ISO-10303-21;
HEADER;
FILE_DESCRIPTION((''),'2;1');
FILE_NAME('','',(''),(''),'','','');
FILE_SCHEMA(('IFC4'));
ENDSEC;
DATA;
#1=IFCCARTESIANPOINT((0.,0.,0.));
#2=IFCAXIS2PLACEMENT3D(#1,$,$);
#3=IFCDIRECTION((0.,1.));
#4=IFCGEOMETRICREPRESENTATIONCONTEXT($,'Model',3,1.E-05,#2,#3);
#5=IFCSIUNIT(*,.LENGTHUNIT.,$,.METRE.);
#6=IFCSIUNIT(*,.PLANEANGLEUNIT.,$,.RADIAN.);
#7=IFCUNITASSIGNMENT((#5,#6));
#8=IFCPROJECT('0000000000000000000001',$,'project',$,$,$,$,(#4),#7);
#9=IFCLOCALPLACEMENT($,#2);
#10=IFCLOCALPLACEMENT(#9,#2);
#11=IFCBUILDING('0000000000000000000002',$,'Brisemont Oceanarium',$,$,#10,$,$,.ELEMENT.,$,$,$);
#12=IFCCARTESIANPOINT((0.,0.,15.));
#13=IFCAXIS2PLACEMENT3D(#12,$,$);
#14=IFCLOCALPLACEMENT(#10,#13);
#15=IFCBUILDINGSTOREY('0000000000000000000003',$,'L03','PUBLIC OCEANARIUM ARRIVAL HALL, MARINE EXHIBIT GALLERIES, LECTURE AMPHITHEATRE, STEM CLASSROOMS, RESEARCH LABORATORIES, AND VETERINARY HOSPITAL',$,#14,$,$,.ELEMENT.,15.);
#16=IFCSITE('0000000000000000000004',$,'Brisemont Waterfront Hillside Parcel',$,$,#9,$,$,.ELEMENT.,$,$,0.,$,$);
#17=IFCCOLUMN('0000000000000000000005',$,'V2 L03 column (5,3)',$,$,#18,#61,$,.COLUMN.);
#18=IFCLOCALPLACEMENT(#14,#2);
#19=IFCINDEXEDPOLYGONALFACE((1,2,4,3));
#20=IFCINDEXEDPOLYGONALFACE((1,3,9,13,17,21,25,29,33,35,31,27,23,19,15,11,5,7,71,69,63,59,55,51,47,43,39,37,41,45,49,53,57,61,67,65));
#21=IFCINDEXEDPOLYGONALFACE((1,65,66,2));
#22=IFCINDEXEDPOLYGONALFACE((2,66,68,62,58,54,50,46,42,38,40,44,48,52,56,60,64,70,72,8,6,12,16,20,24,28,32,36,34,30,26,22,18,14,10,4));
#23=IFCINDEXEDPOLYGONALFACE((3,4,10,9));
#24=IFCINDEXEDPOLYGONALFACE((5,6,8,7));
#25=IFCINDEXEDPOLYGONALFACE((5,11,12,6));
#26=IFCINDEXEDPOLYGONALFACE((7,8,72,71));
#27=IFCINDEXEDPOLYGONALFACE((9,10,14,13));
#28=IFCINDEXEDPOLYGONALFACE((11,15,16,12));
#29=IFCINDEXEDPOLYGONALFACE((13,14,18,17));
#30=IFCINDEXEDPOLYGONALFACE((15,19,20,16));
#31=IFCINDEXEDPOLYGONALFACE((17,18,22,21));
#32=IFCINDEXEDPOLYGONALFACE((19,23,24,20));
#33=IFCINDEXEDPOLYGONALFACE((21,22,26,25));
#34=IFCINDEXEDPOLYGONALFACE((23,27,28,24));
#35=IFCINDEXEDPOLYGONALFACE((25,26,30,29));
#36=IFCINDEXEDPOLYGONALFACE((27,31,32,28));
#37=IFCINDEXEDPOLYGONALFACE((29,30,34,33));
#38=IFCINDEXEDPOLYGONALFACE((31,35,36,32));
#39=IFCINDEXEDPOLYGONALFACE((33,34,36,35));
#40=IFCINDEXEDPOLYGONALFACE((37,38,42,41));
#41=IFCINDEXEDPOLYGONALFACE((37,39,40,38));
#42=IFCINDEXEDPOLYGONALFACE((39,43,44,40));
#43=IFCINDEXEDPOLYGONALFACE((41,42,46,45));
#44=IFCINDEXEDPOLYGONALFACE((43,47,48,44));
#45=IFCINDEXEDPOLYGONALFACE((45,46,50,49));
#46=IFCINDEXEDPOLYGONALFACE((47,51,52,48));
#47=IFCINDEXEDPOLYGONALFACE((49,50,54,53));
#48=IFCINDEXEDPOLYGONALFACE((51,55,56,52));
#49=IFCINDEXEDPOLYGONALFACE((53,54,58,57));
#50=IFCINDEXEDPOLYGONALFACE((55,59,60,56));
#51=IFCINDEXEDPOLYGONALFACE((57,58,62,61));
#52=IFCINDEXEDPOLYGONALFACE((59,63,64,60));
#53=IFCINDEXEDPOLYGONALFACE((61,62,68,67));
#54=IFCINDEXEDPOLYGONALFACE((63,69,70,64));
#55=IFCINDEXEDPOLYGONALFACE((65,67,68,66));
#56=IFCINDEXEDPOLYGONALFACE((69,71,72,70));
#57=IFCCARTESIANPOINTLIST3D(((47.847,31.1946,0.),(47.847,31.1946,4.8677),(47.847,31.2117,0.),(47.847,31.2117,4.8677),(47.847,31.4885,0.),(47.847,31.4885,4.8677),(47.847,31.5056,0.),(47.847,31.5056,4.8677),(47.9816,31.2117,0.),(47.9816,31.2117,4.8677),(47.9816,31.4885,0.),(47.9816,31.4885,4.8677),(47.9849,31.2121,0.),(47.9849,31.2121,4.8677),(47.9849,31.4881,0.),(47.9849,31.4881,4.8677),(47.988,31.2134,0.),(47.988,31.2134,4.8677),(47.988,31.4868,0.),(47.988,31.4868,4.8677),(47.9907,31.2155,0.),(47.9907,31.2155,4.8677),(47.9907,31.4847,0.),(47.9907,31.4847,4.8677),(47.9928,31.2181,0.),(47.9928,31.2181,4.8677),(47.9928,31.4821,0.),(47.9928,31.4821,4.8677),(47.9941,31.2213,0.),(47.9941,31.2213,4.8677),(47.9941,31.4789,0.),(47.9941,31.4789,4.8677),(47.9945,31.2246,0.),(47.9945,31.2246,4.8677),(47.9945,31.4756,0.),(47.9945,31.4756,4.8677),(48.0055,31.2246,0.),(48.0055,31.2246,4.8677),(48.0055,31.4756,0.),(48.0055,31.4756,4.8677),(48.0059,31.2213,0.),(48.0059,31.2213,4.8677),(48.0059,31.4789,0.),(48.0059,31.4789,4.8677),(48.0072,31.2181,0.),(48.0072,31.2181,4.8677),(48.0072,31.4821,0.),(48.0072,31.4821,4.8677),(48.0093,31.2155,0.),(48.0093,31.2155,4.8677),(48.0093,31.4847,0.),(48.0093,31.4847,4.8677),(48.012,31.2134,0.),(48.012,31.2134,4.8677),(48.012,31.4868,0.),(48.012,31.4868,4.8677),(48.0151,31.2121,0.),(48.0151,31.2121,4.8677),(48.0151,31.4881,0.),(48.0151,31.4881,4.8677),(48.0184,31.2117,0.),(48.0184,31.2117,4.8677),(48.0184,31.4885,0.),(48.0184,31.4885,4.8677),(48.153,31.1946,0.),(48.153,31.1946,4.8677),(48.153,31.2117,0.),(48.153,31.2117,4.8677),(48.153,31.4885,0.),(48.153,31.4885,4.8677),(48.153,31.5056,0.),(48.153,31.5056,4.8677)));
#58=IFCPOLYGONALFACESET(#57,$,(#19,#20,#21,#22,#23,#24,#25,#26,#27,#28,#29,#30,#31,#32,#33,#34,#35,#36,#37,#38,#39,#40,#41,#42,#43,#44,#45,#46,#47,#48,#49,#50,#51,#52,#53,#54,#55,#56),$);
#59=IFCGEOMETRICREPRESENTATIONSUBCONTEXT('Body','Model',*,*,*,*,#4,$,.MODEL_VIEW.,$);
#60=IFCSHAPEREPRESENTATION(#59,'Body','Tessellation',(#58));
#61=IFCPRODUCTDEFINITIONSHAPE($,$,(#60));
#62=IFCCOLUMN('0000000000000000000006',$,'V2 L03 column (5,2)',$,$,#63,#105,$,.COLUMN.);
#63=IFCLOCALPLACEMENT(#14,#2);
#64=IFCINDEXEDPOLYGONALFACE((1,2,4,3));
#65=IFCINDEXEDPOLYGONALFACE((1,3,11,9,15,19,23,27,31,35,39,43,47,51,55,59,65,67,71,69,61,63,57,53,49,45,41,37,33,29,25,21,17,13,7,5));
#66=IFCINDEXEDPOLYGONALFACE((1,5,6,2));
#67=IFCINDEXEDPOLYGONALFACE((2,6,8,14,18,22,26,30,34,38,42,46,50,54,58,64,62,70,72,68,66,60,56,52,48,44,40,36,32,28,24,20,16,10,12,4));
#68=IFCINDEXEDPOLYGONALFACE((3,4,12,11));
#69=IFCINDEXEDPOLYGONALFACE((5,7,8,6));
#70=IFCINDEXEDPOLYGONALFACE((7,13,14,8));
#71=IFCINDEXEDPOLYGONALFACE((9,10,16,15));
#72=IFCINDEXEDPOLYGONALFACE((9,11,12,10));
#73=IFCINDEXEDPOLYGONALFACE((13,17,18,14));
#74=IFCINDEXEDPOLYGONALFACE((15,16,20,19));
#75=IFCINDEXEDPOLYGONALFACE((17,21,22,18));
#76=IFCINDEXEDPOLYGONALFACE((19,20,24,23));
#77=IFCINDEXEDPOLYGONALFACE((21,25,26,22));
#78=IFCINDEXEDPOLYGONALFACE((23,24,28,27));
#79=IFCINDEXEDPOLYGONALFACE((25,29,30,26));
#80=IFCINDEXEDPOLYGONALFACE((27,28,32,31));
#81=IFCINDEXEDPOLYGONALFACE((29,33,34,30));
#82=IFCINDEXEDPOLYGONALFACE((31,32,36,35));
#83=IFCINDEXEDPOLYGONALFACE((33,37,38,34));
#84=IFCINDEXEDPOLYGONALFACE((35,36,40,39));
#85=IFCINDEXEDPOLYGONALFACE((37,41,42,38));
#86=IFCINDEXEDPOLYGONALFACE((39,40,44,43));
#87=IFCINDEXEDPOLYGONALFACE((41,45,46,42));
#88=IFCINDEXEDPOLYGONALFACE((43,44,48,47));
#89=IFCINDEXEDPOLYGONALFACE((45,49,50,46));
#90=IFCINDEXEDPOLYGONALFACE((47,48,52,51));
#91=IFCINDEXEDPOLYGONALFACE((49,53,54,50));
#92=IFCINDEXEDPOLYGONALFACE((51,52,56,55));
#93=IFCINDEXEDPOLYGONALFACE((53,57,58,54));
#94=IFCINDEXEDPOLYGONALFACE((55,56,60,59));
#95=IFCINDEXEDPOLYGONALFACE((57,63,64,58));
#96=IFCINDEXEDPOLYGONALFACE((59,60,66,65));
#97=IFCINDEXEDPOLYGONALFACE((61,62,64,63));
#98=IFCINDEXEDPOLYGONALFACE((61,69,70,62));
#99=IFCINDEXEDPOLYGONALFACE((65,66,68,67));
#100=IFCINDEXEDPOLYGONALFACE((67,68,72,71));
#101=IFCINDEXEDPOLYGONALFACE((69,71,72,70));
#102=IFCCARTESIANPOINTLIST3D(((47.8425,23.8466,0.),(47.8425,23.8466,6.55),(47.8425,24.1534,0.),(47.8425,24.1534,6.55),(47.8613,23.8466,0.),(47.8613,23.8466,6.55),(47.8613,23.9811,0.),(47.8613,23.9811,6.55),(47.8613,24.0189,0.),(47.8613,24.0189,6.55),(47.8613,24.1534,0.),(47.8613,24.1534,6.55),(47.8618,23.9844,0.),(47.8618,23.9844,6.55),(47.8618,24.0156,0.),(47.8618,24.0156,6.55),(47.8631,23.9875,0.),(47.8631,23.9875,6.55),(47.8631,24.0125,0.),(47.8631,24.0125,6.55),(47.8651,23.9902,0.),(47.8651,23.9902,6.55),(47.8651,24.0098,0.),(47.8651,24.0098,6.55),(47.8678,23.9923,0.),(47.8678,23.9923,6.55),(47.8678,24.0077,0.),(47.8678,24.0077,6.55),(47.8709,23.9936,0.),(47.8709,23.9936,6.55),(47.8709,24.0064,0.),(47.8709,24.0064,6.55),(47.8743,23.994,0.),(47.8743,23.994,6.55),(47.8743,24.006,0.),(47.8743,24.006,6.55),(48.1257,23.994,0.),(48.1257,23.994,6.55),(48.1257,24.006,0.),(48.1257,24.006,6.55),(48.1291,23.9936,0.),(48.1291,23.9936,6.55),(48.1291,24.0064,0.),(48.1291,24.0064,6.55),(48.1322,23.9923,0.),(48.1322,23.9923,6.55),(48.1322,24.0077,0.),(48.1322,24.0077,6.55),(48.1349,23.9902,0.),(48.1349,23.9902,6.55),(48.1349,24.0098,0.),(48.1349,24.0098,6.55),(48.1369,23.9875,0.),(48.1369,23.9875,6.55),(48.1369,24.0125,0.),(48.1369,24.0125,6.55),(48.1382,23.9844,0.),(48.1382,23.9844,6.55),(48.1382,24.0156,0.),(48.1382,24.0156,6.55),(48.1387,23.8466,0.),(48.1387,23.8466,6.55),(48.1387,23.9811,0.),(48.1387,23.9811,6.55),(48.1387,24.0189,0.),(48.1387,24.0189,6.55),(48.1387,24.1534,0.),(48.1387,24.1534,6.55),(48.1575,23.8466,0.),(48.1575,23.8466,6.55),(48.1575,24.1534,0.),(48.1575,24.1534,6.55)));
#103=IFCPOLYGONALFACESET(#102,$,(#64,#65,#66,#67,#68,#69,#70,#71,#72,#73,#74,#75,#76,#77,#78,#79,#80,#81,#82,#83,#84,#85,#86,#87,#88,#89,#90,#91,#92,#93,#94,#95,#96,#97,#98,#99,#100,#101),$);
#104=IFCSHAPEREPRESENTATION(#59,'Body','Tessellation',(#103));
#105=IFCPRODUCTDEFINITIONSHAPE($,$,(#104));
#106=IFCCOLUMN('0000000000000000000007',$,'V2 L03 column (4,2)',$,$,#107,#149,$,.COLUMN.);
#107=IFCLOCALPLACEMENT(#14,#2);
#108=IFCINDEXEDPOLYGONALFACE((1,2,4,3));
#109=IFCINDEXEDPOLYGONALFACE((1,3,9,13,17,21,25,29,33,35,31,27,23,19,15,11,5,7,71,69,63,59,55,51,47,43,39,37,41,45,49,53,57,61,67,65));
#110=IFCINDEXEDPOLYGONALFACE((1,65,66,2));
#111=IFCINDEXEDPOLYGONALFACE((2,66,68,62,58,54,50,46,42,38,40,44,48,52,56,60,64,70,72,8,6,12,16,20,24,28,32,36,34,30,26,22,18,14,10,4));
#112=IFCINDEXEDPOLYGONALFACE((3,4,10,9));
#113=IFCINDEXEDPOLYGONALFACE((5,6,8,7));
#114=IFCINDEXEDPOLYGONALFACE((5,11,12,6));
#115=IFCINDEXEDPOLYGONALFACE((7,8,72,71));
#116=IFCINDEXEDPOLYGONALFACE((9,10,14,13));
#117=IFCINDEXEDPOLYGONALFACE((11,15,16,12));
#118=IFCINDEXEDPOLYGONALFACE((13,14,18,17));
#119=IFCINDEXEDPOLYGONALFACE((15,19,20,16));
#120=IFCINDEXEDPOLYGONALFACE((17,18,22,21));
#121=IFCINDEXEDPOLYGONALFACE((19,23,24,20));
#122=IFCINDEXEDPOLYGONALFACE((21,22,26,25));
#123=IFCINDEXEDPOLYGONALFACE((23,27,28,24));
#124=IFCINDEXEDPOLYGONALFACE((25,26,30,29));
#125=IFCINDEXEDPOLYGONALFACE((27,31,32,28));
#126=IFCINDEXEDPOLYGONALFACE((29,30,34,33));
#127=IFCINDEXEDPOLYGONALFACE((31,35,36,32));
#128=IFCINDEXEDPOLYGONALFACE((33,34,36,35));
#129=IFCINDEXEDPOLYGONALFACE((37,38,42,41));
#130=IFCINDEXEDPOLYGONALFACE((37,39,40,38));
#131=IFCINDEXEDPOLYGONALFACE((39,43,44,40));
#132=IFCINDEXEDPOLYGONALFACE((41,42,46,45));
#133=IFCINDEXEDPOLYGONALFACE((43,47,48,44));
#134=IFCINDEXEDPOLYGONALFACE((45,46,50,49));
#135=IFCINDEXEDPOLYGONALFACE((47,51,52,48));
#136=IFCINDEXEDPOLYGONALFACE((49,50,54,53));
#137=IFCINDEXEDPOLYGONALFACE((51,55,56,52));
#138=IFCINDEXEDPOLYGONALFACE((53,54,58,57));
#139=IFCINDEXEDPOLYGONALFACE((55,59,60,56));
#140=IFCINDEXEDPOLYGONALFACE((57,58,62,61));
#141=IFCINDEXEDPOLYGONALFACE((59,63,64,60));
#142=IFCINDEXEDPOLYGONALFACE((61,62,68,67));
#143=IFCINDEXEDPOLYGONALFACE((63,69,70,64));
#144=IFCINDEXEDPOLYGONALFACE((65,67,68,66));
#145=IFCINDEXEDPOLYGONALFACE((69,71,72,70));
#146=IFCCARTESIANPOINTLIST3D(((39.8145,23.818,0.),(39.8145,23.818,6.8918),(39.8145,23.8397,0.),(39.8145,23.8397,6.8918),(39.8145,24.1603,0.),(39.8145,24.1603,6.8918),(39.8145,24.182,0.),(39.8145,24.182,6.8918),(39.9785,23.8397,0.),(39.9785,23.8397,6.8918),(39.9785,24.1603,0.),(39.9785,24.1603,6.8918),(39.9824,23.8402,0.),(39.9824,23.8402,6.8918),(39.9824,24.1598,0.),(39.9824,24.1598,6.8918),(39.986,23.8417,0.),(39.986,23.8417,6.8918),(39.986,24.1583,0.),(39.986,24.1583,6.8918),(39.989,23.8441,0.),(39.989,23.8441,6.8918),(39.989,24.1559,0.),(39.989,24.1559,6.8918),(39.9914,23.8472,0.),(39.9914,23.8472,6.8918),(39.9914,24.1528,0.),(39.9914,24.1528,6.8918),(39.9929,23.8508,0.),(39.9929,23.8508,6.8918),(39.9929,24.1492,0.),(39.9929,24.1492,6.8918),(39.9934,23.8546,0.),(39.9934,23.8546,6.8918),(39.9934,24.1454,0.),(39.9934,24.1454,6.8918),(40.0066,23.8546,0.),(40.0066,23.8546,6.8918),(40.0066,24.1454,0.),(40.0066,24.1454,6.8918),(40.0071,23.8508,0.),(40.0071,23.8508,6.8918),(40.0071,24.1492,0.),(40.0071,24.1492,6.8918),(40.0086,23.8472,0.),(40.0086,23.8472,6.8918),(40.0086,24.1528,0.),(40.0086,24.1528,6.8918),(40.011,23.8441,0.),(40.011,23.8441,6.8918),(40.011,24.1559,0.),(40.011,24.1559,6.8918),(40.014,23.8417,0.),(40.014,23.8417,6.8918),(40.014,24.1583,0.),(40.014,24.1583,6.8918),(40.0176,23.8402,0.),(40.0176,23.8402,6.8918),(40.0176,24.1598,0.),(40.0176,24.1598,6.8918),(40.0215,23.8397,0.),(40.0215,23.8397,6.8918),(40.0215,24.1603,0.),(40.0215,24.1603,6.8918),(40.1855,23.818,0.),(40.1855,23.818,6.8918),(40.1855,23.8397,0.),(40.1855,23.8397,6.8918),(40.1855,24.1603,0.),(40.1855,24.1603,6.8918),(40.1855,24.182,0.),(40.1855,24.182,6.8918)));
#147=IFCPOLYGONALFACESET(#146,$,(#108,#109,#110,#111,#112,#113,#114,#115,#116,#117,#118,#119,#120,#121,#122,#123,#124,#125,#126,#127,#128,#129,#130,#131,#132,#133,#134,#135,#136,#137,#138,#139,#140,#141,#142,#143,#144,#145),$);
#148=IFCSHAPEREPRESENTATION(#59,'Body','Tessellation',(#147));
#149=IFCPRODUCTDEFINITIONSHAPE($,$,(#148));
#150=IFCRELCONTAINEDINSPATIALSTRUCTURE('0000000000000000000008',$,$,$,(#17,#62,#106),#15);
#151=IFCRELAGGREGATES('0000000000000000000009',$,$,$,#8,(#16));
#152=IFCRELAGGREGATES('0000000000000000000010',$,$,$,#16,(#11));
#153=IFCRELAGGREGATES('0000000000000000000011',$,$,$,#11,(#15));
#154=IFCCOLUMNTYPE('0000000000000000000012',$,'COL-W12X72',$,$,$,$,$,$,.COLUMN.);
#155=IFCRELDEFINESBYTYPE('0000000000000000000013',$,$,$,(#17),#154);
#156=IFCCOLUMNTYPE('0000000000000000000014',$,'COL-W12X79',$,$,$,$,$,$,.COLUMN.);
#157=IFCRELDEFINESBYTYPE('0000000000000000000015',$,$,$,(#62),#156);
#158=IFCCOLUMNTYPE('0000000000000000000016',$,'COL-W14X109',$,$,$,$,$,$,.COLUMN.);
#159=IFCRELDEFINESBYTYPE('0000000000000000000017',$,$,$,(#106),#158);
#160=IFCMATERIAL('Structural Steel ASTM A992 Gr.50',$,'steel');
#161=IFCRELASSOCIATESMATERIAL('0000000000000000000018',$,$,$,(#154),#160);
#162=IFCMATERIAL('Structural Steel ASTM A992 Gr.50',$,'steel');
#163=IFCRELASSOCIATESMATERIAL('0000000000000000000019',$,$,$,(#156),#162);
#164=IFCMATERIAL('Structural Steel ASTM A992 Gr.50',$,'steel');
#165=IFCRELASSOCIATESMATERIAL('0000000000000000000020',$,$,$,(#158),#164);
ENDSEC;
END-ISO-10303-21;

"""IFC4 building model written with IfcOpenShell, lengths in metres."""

from ifc_helpers import new_model, si_unit, direction, frame, origin, origin_2d, place, context, subcontext, project, spatial, i_section, extrude, material, material_profile, profile_set, type_object, element, save


model = new_model("IFC4")

# Units and contexts
model_context = context("Model", 3, precision=1e-05, world=origin(), true_north=direction((0.0, 1.0)))
body_context = subcontext(model_context, "Body", "Model", "MODEL_VIEW")
ifc_project = project(units=[si_unit("LENGTHUNIT", "METRE"), si_unit("PLANEANGLEUNIT", "RADIAN")], contexts=[model_context])

# Site, building, storey
site_placement = place(None, origin())
site = spatial("IfcSite", under=ifc_project, at=site_placement, Name="Brisemont Waterfront Hillside Parcel", CompositionType="ELEMENT", RefElevation=0.0)
building_placement = place(site_placement, origin())
building = spatial("IfcBuilding", under=site, at=building_placement, Name="Brisemont Oceanarium", CompositionType="ELEMENT")
storey_placement = place(building_placement, frame((0.0, 0.0, 15.0)))
storey = spatial("IfcBuildingStorey", under=building, at=storey_placement, Name="L03", Description="PUBLIC OCEANARIUM ARRIVAL HALL, MARINE EXHIBIT GALLERIES, LECTURE AMPHITHEATRE, STEM CLASSROOMS, RESEARCH LABORATORIES, AND VETERINARY HOSPITAL", CompositionType="ELEMENT", Elevation=15.0)

# Columns
ifc_material_1 = material(Name="Structural Steel ASTM A992 Gr.50", Category="steel")
ifc_material_profile_1 = material_profile(ifc_material_1, i_section(OverallWidth=0.3059, OverallDepth=0.311, WebThickness=0.011, FlangeThickness=0.0171, FilletRadius=0.0129, at=origin_2d()), Name="W12X72")
ifc_profile_set_1 = profile_set([ifc_material_profile_1], Name="Structural Steel ASTM A992 Gr.50")
column_type_1 = type_object("IfcColumnType", Name="COL-W12X72", PredefinedType="COLUMN", material=ifc_profile_set_1)
column_1_placement = place(storey_placement, frame((48.0, 31.3501, 0.0), z_axis=(0.0, 0.0, 1.0), x_axis=(1.0, 0.0, 0.0)))
element("IfcColumn", 1, at=column_1_placement, inside=storey, type_object=column_type_1, Name="V2 L03 column (5,3)", PredefinedType="COLUMN", context=body_context, shape_type="SweptSolid", body=[
    extrude(i_section(OverallWidth=0.3059, OverallDepth=0.311, WebThickness=0.011, FlangeThickness=0.0171, FilletRadius=0.0129, at=origin_2d()), origin(), (0.0, 0.0, 1.0), 4.8677),
])
ifc_material_2 = material(Name="Structural Steel ASTM A992 Gr.50", Category="steel")
ifc_material_profile_2 = material_profile(ifc_material_2, i_section(OverallWidth=0.3069, OverallDepth=0.3149, WebThickness=0.012, FlangeThickness=0.0188, FilletRadius=0.0129, at=origin_2d()), Name="W12X79")
ifc_profile_set_2 = profile_set([ifc_material_profile_2], Name="Structural Steel ASTM A992 Gr.50")
column_type_2 = type_object("IfcColumnType", Name="COL-W12X79", PredefinedType="COLUMN", material=ifc_profile_set_2)
column_2_placement = place(storey_placement, frame((48.0, 24.0, 0.0), z_axis=(0.0, 0.0, 1.0), x_axis=(0.0, 1.0, 0.0)))
element("IfcColumn", 2, at=column_2_placement, inside=storey, type_object=column_type_2, Name="V2 L03 column (5,2)", PredefinedType="COLUMN", context=body_context, shape_type="SweptSolid", body=[
    extrude(i_section(OverallWidth=0.3069, OverallDepth=0.3149, WebThickness=0.012, FlangeThickness=0.0188, FilletRadius=0.0129, at=origin_2d()), origin(), (0.0, 0.0, 1.0), 6.55),
])
ifc_material_3 = material(Name="Structural Steel ASTM A992 Gr.50", Category="steel")
ifc_material_profile_3 = material_profile(ifc_material_3, i_section(OverallWidth=0.3711, OverallDepth=0.364, WebThickness=0.0132, FlangeThickness=0.0217, FilletRadius=0.0149, at=origin_2d()), Name="W14X109")
ifc_profile_set_3 = profile_set([ifc_material_profile_3], Name="Structural Steel ASTM A992 Gr.50")
column_type_3 = type_object("IfcColumnType", Name="COL-W14X109", PredefinedType="COLUMN", material=ifc_profile_set_3)
column_3_placement = place(storey_placement, frame((40.0, 24.0, 0.0), z_axis=(0.0, 0.0, 1.0), x_axis=(1.0, 0.0, 0.0)))
element("IfcColumn", 3, at=column_3_placement, inside=storey, type_object=column_type_3, Name="V2 L03 column (4,2)", PredefinedType="COLUMN", context=body_context, shape_type="SweptSolid", body=[
    extrude(i_section(OverallWidth=0.3711, OverallDepth=0.364, WebThickness=0.0132, FlangeThickness=0.0217, FilletRadius=0.0149, at=origin_2d()), origin(), (0.0, 0.0, 1.0), 6.8918),
])

save(model, "model.ifc")
